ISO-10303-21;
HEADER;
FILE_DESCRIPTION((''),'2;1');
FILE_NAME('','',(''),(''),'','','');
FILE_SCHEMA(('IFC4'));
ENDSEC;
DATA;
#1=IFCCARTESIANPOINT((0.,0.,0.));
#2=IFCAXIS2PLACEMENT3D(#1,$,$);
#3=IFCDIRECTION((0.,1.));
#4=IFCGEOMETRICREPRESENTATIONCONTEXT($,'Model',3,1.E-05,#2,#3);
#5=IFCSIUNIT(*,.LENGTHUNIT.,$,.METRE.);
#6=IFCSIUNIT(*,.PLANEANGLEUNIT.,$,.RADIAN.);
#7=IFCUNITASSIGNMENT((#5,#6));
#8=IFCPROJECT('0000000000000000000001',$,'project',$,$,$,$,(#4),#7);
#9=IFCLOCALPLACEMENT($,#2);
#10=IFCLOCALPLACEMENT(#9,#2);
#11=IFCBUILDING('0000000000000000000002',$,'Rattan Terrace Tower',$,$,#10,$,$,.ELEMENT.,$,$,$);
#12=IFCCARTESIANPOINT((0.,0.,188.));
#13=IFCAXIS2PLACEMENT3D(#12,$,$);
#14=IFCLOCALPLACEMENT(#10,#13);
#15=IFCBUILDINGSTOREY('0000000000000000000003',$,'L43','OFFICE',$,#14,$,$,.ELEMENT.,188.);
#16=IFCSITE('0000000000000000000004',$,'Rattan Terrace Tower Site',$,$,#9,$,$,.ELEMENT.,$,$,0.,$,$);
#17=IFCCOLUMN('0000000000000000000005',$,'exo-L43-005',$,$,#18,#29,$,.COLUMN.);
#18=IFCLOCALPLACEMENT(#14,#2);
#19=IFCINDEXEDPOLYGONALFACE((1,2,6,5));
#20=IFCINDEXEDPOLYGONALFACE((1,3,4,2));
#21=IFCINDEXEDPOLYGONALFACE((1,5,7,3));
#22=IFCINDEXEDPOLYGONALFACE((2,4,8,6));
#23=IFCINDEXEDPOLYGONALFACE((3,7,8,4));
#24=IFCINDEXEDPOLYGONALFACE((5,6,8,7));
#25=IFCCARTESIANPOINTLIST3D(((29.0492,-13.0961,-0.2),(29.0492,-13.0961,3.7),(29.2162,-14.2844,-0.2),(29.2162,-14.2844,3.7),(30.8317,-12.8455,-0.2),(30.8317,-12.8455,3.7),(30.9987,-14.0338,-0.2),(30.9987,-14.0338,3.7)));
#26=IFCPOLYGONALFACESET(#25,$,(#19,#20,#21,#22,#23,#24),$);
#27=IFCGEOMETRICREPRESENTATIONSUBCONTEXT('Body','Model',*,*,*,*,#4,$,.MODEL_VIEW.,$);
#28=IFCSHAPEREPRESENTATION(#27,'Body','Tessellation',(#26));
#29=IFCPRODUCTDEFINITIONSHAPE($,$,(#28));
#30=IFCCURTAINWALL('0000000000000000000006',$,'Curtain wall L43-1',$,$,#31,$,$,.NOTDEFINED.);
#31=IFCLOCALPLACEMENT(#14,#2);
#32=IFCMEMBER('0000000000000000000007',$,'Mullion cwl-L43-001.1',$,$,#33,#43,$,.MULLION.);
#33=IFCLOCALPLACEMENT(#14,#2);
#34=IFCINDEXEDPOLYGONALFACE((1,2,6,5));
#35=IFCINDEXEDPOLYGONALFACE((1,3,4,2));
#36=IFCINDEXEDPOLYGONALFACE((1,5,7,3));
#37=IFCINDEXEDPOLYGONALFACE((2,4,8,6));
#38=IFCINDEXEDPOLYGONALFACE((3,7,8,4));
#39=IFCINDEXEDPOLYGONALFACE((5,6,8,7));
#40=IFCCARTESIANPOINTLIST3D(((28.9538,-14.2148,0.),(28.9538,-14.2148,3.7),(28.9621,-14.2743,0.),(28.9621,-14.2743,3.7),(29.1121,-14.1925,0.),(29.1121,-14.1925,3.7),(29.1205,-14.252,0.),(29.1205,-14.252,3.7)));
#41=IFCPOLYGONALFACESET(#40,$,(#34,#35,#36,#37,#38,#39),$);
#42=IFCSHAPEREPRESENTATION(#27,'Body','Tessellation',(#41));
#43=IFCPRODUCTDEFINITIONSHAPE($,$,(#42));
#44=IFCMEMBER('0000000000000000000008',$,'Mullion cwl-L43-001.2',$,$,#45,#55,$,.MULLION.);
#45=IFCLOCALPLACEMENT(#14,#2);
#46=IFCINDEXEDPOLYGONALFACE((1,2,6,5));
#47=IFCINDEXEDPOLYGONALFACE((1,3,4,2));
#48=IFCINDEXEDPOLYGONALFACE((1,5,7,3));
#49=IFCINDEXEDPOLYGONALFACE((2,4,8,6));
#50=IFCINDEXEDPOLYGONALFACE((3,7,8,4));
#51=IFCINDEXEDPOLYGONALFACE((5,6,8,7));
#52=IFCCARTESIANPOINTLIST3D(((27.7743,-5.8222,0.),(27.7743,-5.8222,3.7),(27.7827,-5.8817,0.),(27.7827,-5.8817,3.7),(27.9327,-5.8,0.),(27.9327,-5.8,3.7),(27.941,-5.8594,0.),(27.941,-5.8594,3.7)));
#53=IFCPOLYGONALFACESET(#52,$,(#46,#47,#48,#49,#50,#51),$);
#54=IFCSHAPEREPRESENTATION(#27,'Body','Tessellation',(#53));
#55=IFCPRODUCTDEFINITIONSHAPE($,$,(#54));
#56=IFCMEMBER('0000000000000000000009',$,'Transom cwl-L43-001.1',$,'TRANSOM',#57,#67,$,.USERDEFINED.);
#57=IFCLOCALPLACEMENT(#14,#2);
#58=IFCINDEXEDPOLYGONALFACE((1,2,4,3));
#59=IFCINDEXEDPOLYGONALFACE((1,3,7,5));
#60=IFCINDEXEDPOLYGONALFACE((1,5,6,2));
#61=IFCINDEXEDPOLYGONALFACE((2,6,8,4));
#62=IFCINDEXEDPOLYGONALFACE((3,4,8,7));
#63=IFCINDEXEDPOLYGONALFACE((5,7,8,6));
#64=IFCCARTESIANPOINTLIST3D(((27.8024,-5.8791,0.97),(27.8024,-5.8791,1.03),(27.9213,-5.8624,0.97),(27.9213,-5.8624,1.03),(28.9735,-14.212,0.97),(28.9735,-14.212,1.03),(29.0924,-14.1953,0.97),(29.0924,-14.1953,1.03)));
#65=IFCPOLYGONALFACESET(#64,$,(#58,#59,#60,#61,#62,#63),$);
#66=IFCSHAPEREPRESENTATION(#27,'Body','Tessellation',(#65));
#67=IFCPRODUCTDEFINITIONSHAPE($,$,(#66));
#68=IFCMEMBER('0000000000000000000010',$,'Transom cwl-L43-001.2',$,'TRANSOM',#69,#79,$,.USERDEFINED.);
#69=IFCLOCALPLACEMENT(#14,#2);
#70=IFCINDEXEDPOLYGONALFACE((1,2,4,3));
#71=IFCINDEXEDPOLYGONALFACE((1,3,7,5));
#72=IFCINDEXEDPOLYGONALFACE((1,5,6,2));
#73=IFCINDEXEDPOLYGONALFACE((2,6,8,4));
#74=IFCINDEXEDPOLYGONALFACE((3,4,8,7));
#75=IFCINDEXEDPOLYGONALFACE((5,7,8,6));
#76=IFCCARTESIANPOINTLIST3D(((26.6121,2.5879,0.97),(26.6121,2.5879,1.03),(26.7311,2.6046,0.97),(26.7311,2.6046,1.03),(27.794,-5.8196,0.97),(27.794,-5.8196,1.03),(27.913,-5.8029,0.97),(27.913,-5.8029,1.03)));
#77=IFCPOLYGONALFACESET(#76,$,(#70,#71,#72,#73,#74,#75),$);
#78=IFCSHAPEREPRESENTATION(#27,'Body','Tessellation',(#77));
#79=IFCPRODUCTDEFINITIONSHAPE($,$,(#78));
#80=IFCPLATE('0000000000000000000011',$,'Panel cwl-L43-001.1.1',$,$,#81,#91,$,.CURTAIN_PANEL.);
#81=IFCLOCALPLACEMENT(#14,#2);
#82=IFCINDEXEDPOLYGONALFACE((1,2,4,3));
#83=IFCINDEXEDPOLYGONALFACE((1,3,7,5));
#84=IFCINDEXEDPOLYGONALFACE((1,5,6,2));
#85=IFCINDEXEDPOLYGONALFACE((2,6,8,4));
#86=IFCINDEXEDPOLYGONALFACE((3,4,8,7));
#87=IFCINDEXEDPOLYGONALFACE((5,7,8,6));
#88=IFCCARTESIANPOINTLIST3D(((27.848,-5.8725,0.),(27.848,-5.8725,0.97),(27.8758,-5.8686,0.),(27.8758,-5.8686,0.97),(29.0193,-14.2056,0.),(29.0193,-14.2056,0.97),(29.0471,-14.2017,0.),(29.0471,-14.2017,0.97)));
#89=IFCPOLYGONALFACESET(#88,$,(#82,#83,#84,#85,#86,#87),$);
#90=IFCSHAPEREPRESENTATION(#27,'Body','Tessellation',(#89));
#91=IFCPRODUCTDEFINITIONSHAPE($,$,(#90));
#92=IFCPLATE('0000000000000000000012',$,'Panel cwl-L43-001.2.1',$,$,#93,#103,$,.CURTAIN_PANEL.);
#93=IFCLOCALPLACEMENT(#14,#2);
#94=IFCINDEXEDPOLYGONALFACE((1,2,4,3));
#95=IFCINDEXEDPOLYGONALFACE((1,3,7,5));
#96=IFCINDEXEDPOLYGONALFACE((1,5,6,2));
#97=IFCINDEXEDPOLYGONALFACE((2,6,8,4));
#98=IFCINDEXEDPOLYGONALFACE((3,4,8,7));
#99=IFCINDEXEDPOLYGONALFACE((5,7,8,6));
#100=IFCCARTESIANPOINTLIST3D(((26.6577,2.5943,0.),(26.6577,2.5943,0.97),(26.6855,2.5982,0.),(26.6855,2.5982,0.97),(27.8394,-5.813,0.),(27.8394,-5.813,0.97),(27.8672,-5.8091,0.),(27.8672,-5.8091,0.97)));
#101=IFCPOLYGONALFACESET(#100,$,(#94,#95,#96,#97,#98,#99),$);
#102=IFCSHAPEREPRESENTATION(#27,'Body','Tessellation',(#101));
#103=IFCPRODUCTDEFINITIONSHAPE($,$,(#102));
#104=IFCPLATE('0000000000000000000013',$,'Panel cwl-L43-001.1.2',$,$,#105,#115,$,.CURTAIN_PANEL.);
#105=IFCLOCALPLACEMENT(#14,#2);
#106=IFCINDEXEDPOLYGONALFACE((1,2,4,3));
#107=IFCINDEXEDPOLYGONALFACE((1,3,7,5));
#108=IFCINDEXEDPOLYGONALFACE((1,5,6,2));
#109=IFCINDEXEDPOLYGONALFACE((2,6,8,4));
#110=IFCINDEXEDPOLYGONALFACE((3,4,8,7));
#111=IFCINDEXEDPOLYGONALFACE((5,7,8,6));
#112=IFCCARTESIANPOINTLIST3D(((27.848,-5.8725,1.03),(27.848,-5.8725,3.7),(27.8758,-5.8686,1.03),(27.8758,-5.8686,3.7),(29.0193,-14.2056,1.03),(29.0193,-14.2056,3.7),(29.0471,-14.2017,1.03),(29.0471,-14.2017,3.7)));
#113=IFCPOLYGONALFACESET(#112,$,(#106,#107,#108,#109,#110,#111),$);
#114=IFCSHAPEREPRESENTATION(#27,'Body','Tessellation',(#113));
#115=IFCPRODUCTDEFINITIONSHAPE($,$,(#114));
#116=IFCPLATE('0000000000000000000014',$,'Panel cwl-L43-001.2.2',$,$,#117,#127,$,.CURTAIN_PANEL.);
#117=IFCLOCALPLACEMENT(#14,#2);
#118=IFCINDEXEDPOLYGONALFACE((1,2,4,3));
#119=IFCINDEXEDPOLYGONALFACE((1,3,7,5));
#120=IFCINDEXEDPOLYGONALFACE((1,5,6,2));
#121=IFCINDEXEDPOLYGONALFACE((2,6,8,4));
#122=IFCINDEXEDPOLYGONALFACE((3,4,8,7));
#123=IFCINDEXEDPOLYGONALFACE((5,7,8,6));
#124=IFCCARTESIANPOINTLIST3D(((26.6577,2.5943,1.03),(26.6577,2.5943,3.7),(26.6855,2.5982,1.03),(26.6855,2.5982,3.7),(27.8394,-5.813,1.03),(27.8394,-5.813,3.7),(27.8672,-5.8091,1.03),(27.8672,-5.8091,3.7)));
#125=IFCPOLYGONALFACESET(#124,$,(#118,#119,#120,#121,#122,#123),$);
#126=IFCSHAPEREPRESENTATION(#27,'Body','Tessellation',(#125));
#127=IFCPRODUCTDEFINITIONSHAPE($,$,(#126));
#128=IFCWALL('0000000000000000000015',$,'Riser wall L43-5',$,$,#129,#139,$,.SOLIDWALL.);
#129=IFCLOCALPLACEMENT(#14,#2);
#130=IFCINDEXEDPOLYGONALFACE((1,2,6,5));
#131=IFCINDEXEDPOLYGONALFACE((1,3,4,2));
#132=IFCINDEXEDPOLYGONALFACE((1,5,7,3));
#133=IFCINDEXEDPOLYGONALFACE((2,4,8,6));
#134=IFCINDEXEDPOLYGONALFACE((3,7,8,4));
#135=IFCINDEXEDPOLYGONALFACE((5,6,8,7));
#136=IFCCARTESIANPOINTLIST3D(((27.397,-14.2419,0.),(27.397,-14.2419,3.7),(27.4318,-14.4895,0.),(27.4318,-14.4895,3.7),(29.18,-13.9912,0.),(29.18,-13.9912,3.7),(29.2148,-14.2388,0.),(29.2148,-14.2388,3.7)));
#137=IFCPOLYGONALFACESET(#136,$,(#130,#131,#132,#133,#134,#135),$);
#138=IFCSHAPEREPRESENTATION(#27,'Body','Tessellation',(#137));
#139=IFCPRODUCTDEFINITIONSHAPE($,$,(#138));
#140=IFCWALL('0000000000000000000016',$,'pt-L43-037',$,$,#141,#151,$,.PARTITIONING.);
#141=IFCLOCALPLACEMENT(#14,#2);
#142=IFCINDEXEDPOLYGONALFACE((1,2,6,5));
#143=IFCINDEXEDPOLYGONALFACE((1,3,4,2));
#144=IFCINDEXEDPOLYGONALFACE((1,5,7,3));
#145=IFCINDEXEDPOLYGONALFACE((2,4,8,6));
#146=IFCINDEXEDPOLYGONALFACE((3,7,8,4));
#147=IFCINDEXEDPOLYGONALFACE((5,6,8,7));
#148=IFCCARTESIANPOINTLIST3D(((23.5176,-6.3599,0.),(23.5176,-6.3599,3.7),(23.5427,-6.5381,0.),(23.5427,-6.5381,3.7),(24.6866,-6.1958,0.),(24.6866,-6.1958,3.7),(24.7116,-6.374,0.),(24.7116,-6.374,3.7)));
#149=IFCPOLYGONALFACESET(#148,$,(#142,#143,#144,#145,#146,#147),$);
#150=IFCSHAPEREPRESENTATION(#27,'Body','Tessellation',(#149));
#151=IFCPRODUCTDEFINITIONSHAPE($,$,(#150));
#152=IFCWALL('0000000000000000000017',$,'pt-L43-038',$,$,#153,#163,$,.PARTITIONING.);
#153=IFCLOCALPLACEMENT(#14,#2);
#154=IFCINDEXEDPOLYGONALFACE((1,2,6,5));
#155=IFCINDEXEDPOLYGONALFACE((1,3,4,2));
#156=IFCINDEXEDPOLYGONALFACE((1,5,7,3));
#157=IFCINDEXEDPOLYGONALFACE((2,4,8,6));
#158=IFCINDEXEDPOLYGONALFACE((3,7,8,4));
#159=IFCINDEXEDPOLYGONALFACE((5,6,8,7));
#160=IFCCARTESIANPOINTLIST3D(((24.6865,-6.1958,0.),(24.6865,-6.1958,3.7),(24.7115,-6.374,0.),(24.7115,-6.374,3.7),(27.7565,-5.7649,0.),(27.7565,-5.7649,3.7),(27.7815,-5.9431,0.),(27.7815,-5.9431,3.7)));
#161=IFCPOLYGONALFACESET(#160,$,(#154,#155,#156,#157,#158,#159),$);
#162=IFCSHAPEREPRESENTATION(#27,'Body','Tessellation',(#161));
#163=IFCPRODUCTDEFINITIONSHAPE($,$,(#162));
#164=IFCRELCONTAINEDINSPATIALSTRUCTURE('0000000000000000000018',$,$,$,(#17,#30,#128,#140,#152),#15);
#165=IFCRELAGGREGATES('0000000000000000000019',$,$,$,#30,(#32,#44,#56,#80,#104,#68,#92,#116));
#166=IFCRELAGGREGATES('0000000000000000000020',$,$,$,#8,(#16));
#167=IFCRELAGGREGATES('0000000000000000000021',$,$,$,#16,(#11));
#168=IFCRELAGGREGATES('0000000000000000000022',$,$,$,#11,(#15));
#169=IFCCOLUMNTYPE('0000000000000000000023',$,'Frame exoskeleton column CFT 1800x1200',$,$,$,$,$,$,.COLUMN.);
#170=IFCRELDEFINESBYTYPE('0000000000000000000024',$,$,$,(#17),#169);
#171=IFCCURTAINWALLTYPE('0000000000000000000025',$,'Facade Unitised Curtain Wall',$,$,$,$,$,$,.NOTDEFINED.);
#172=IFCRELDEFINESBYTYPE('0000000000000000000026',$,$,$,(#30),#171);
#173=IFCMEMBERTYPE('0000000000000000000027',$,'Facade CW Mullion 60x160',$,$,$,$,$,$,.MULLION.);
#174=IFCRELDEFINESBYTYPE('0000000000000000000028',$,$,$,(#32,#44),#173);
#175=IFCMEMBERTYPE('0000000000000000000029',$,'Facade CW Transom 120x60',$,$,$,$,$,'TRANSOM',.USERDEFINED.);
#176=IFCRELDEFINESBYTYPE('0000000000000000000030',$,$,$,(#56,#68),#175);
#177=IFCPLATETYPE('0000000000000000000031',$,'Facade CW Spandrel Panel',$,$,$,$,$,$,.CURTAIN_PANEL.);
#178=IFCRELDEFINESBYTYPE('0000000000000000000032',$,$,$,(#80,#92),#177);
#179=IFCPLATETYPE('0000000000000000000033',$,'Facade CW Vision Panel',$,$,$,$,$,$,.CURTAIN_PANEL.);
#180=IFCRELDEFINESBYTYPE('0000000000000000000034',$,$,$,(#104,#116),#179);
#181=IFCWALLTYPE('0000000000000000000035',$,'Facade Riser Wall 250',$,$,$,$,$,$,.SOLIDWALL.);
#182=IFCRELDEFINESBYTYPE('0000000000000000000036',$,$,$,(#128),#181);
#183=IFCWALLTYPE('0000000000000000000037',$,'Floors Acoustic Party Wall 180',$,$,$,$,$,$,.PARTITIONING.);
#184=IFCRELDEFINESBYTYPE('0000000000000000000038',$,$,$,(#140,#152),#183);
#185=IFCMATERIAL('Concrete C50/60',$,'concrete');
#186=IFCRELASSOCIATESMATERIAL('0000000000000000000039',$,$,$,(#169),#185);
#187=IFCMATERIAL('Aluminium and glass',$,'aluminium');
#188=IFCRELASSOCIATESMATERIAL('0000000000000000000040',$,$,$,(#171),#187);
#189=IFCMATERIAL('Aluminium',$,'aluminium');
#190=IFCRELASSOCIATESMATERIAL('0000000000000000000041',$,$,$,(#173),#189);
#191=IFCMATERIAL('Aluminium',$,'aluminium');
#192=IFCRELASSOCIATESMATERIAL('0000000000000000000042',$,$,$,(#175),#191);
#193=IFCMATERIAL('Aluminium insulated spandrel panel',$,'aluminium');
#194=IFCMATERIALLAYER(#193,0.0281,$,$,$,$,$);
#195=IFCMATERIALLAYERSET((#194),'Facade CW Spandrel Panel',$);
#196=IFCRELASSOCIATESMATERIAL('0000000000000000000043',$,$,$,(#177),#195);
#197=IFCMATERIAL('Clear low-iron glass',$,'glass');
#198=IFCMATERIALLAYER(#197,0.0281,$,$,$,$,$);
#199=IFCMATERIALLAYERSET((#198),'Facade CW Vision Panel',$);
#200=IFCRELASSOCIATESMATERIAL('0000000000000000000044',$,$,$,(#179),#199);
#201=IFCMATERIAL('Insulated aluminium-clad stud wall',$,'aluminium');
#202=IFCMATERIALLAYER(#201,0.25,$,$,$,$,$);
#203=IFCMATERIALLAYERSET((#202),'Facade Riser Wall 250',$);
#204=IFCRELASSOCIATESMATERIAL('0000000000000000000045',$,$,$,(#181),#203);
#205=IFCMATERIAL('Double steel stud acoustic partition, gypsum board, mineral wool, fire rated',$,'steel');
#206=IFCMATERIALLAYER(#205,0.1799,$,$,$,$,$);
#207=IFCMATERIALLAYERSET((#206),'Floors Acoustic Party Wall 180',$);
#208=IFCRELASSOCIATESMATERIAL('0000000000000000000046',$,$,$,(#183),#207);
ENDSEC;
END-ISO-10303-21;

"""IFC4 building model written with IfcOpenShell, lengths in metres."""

from ifc_helpers import new_model, si_unit, direction, frame, frame_2d, origin, origin_2d, place, context, subcontext, project, spatial, rectangle, extrude, material, layer, layer_set, material_profile, profile_set, type_object, element, aggregate, save


model = new_model("IFC4")

# Units and contexts
model_context = context("Model", 3, precision=1e-05, world=origin(), true_north=direction((0.0, 1.0)))
body_context = subcontext(model_context, "Body", "Model", "MODEL_VIEW")
ifc_project = project(units=[si_unit("LENGTHUNIT", "METRE"), si_unit("PLANEANGLEUNIT", "RADIAN")], contexts=[model_context])

# Site, building, storey
site_placement = place(None, origin())
site = spatial("IfcSite", under=ifc_project, at=site_placement, Name="Rattan Terrace Tower Site", CompositionType="ELEMENT", RefElevation=0.0)
building_placement = place(site_placement, origin())
building = spatial("IfcBuilding", under=site, at=building_placement, Name="Rattan Terrace Tower", CompositionType="ELEMENT")
storey_placement = place(building_placement, frame((0.0, 0.0, 188.0)))
storey = spatial("IfcBuildingStorey", under=building, at=storey_placement, Name="L43", Description="OFFICE", CompositionType="ELEMENT", Elevation=188.0)

# Column
ifc_material_1 = material(Name="Concrete C50/60", Category="concrete")
ifc_material_profile_1 = material_profile(ifc_material_1, rectangle(XDim=1.2, YDim=1.8, at=origin_2d()), Name="CFT 1800x1200")
ifc_profile_set_1 = profile_set([ifc_material_profile_1], Name="Concrete C50/60")
column_type = type_object("IfcColumnType", Name="Frame exoskeleton column CFT 1800x1200", PredefinedType="COLUMN", material=ifc_profile_set_1)
column_placement = place(storey_placement, frame((30.0239, -13.5649, -0.2), z_axis=(0.0, 0.0, 1.0), x_axis=(-0.13919, 0.990266, 0.0)))
element("IfcColumn", 1, at=column_placement, inside=storey, type_object=column_type, Name="exo-L43-005", PredefinedType="COLUMN", context=body_context, shape_type="SweptSolid", body=[
    extrude(rectangle(XDim=1.2, YDim=1.8, at=origin_2d()), origin(), (0.0, 0.0, 1.0), 3.8999),
])

# Curtain wall, members, plates
ifc_material_2 = material(Name="Aluminium and glass", Category="aluminium")
curtain_wall_type = type_object("IfcCurtainWallType", Name="Facade Unitised Curtain Wall", PredefinedType="NOTDEFINED", material=ifc_material_2)
curtain_wall_placement = place(storey_placement, origin())
curtain_wall = element("IfcCurtainWall", 2, at=curtain_wall_placement, inside=storey, type_object=curtain_wall_type, Name="Curtain wall L43-1", PredefinedType="NOTDEFINED")
ifc_material_3 = material(Name="Aluminium", Category="aluminium")
ifc_material_profile_2 = material_profile(ifc_material_3, rectangle(XDim=0.0601, YDim=0.1599, at=origin_2d()), Name="Aluminium 60x160")
ifc_profile_set_2 = profile_set([ifc_material_profile_2], Name="Aluminium")
member_type_1 = type_object("IfcMemberType", Name="Facade CW Mullion 60x160", PredefinedType="MULLION", material=ifc_profile_set_2)
member_1_placement = place(storey_placement, frame((29.0371, -14.2334, 0.0), z_axis=(0.0, 0.0, 1.0), x_axis=(-0.139191, 0.990266, 0.0)))
member_1 = element("IfcMember", 3, at=member_1_placement, type_object=member_type_1, Name="Mullion cwl-L43-001.1", PredefinedType="MULLION", context=body_context, shape_type="SweptSolid", body=[
    extrude(rectangle(XDim=0.0601, YDim=0.1599, at=origin_2d()), origin(), (0.0, 0.0, 1.0), 3.7),
])
member_2_placement = place(storey_placement, frame((27.8577, -5.8408, 0.0), z_axis=(0.0, 0.0, 1.0), x_axis=(-0.139191, 0.990266, 0.0)))
member_2 = element("IfcMember", 4, at=member_2_placement, type_object=member_type_1, Name="Mullion cwl-L43-001.2", PredefinedType="MULLION", context=body_context, shape_type="SweptSolid", body=[
    extrude(rectangle(XDim=0.0601, YDim=0.1599, at=origin_2d()), origin(), (0.0, 0.0, 1.0), 3.7),
])
ifc_material_4 = material(Name="Aluminium", Category="aluminium")
ifc_material_profile_3 = material_profile(ifc_material_4, rectangle(XDim=0.1201, YDim=0.0601, at=origin_2d()), Name="Aluminium 120x60")
ifc_profile_set_3 = profile_set([ifc_material_profile_3], Name="Aluminium")
member_type_2 = type_object("IfcMemberType", Name="Facade CW Transom 120x60", ElementType="TRANSOM", PredefinedType="USERDEFINED", material=ifc_profile_set_3)
member_3_placement = place(storey_placement, frame((29.033, -14.2036, 1.0), z_axis=(-0.139175, 0.990268, 0.0), x_axis=(-0.990268, -0.139175, 0.0)))
member_3 = element("IfcMember", 5, at=member_3_placement, type_object=member_type_2, Name="Transom cwl-L43-001.1", ObjectType="TRANSOM", PredefinedType="USERDEFINED", context=body_context, shape_type="SweptSolid", body=[
    extrude(rectangle(XDim=0.1201, YDim=0.0601, at=origin_2d()), origin(), (0.0, 0.0, 1.0), 8.4148),
])
member_4_placement = place(storey_placement, frame((27.8535, -5.8113, 1.0), z_axis=(-0.139207, 0.990263, 0.0), x_axis=(-0.990263, -0.139207, 0.0)))
member_4 = element("IfcMember", 6, at=member_4_placement, type_object=member_type_2, Name="Transom cwl-L43-001.2", ObjectType="TRANSOM", PredefinedType="USERDEFINED", context=body_context, shape_type="SweptSolid", body=[
    extrude(rectangle(XDim=0.1201, YDim=0.0601, at=origin_2d()), origin(), (0.0, 0.0, 1.0), 8.4902),
])
ifc_material_5 = material(Name="Aluminium insulated spandrel panel", Category="aluminium")
ifc_layer_1 = layer(ifc_material_5, 0.0281)
ifc_layer_set_1 = layer_set([ifc_layer_1], Name="Facade CW Spandrel Panel")
plate_type_1 = type_object("IfcPlateType", Name="Facade CW Spandrel Panel", PredefinedType="CURTAIN_PANEL", material=ifc_layer_set_1)
plate_1_placement = place(storey_placement, frame((28.4475, -10.0371, 0.0), z_axis=(0.0, 0.0, 1.0), x_axis=(-0.139191, 0.990266, 0.0)))
plate_1 = element("IfcPlate", 7, at=plate_1_placement, type_object=plate_type_1, Name="Panel cwl-L43-001.1.1", PredefinedType="CURTAIN_PANEL", context=body_context, shape_type="SweptSolid", body=[
    extrude(rectangle(XDim=8.415, YDim=0.0281, at=origin_2d()), origin(), (0.0, 0.0, 1.0), 0.97),
])
plate_2_placement = place(storey_placement, frame((27.2625, -1.6074, 0.0), z_axis=(0.0, 0.0, 1.0), x_axis=(-0.139191, 0.990266, 0.0)))
plate_2 = element("IfcPlate", 8, at=plate_2_placement, type_object=plate_type_1, Name="Panel cwl-L43-001.2.1", PredefinedType="CURTAIN_PANEL", context=body_context, shape_type="SweptSolid", body=[
    extrude(rectangle(XDim=8.49, YDim=0.0281, at=origin_2d()), origin(), (0.0, 0.0, 1.0), 0.97),
])
ifc_material_6 = material(Name="Clear low-iron glass", Category="glass")
ifc_layer_2 = layer(ifc_material_6, 0.0281)
ifc_layer_set_2 = layer_set([ifc_layer_2], Name="Facade CW Vision Panel")
plate_type_2 = type_object("IfcPlateType", Name="Facade CW Vision Panel", PredefinedType="CURTAIN_PANEL", material=ifc_layer_set_2)
plate_3_placement = place(storey_placement, frame((28.4475, -10.0371, 1.03), z_axis=(0.0, 0.0, 1.0), x_axis=(-0.139191, 0.990266, 0.0)))
plate_3 = element("IfcPlate", 9, at=plate_3_placement, type_object=plate_type_2, Name="Panel cwl-L43-001.1.2", PredefinedType="CURTAIN_PANEL", context=body_context, shape_type="SweptSolid", body=[
    extrude(rectangle(XDim=8.415, YDim=0.0281, at=origin_2d()), origin(), (0.0, 0.0, 1.0), 2.6699),
])
plate_4_placement = place(storey_placement, frame((27.2625, -1.6074, 1.03), z_axis=(0.0, 0.0, 1.0), x_axis=(-0.139191, 0.990266, 0.0)))
plate_4 = element("IfcPlate", 10, at=plate_4_placement, type_object=plate_type_2, Name="Panel cwl-L43-001.2.2", PredefinedType="CURTAIN_PANEL", context=body_context, shape_type="SweptSolid", body=[
    extrude(rectangle(XDim=8.49, YDim=0.0281, at=origin_2d()), origin(), (0.0, 0.0, 1.0), 2.6699),
])
aggregate(curtain_wall, [member_1, member_2, member_3, plate_1, plate_3, member_4, plate_2, plate_4])

# Walls
ifc_material_7 = material(Name="Insulated aluminium-clad stud wall", Category="aluminium")
ifc_layer_3 = layer(ifc_material_7, 0.25)
ifc_layer_set_3 = layer_set([ifc_layer_3], Name="Facade Riser Wall 250")
wall_type_1 = type_object("IfcWallType", Name="Facade Riser Wall 250", PredefinedType="SOLIDWALL", material=ifc_layer_set_3)
wall_1_placement = place(storey_placement, frame((27.4143, -14.3657, 0.0), z_axis=(0.0, 0.0, 1.0), x_axis=(0.990256, 0.139257, 0.0)))
element("IfcWall", 11, at=wall_1_placement, inside=storey, type_object=wall_type_1, Name="Riser wall L43-5", PredefinedType="SOLIDWALL", context=body_context, shape_type="SweptSolid", body=[
    extrude(rectangle(XDim=1.8005, YDim=0.25, at=frame_2d((0.9004, 0.0))), origin(), (0.0, 0.0, 1.0), 3.7),
])
ifc_material_8 = material(Name="Double steel stud acoustic partition, gypsum board, mineral wool, fire rated", Category="steel")
ifc_layer_4 = layer(ifc_material_8, 0.1799)
ifc_layer_set_4 = layer_set([ifc_layer_4], Name="Floors Acoustic Party Wall 180")
wall_type_2 = type_object("IfcWallType", Name="Floors Acoustic Party Wall 180", PredefinedType="PARTITIONING", material=ifc_layer_set_4)
wall_2_placement = place(storey_placement, frame((23.53, -6.449, 0.0), z_axis=(0.0, 0.0, 1.0), x_axis=(0.990294, 0.138989, 0.0)))
element("IfcWall", 12, at=wall_2_placement, inside=storey, type_object=wall_type_2, Name="pt-L43-037", PredefinedType="PARTITIONING", context=body_context, shape_type="SweptSolid", body=[
    extrude(rectangle(XDim=1.1804, YDim=0.1799, at=frame_2d((0.5903, 0.0))), origin(), (0.0, 0.0, 1.0), 3.7),
])
wall_3_placement = place(storey_placement, frame((24.699, -6.2849, 0.0), z_axis=(0.0, 0.0, 1.0), x_axis=(0.990293, 0.138995, 0.0)))
element("IfcWall", 13, at=wall_3_placement, inside=storey, type_object=wall_type_2, Name="pt-L43-038", PredefinedType="PARTITIONING", context=body_context, shape_type="SweptSolid", body=[
    extrude(rectangle(XDim=3.1001, YDim=0.1799, at=frame_2d((1.55, 0.0))), origin(), (0.0, 0.0, 1.0), 3.7),
])

save(model, "model.ifc")
